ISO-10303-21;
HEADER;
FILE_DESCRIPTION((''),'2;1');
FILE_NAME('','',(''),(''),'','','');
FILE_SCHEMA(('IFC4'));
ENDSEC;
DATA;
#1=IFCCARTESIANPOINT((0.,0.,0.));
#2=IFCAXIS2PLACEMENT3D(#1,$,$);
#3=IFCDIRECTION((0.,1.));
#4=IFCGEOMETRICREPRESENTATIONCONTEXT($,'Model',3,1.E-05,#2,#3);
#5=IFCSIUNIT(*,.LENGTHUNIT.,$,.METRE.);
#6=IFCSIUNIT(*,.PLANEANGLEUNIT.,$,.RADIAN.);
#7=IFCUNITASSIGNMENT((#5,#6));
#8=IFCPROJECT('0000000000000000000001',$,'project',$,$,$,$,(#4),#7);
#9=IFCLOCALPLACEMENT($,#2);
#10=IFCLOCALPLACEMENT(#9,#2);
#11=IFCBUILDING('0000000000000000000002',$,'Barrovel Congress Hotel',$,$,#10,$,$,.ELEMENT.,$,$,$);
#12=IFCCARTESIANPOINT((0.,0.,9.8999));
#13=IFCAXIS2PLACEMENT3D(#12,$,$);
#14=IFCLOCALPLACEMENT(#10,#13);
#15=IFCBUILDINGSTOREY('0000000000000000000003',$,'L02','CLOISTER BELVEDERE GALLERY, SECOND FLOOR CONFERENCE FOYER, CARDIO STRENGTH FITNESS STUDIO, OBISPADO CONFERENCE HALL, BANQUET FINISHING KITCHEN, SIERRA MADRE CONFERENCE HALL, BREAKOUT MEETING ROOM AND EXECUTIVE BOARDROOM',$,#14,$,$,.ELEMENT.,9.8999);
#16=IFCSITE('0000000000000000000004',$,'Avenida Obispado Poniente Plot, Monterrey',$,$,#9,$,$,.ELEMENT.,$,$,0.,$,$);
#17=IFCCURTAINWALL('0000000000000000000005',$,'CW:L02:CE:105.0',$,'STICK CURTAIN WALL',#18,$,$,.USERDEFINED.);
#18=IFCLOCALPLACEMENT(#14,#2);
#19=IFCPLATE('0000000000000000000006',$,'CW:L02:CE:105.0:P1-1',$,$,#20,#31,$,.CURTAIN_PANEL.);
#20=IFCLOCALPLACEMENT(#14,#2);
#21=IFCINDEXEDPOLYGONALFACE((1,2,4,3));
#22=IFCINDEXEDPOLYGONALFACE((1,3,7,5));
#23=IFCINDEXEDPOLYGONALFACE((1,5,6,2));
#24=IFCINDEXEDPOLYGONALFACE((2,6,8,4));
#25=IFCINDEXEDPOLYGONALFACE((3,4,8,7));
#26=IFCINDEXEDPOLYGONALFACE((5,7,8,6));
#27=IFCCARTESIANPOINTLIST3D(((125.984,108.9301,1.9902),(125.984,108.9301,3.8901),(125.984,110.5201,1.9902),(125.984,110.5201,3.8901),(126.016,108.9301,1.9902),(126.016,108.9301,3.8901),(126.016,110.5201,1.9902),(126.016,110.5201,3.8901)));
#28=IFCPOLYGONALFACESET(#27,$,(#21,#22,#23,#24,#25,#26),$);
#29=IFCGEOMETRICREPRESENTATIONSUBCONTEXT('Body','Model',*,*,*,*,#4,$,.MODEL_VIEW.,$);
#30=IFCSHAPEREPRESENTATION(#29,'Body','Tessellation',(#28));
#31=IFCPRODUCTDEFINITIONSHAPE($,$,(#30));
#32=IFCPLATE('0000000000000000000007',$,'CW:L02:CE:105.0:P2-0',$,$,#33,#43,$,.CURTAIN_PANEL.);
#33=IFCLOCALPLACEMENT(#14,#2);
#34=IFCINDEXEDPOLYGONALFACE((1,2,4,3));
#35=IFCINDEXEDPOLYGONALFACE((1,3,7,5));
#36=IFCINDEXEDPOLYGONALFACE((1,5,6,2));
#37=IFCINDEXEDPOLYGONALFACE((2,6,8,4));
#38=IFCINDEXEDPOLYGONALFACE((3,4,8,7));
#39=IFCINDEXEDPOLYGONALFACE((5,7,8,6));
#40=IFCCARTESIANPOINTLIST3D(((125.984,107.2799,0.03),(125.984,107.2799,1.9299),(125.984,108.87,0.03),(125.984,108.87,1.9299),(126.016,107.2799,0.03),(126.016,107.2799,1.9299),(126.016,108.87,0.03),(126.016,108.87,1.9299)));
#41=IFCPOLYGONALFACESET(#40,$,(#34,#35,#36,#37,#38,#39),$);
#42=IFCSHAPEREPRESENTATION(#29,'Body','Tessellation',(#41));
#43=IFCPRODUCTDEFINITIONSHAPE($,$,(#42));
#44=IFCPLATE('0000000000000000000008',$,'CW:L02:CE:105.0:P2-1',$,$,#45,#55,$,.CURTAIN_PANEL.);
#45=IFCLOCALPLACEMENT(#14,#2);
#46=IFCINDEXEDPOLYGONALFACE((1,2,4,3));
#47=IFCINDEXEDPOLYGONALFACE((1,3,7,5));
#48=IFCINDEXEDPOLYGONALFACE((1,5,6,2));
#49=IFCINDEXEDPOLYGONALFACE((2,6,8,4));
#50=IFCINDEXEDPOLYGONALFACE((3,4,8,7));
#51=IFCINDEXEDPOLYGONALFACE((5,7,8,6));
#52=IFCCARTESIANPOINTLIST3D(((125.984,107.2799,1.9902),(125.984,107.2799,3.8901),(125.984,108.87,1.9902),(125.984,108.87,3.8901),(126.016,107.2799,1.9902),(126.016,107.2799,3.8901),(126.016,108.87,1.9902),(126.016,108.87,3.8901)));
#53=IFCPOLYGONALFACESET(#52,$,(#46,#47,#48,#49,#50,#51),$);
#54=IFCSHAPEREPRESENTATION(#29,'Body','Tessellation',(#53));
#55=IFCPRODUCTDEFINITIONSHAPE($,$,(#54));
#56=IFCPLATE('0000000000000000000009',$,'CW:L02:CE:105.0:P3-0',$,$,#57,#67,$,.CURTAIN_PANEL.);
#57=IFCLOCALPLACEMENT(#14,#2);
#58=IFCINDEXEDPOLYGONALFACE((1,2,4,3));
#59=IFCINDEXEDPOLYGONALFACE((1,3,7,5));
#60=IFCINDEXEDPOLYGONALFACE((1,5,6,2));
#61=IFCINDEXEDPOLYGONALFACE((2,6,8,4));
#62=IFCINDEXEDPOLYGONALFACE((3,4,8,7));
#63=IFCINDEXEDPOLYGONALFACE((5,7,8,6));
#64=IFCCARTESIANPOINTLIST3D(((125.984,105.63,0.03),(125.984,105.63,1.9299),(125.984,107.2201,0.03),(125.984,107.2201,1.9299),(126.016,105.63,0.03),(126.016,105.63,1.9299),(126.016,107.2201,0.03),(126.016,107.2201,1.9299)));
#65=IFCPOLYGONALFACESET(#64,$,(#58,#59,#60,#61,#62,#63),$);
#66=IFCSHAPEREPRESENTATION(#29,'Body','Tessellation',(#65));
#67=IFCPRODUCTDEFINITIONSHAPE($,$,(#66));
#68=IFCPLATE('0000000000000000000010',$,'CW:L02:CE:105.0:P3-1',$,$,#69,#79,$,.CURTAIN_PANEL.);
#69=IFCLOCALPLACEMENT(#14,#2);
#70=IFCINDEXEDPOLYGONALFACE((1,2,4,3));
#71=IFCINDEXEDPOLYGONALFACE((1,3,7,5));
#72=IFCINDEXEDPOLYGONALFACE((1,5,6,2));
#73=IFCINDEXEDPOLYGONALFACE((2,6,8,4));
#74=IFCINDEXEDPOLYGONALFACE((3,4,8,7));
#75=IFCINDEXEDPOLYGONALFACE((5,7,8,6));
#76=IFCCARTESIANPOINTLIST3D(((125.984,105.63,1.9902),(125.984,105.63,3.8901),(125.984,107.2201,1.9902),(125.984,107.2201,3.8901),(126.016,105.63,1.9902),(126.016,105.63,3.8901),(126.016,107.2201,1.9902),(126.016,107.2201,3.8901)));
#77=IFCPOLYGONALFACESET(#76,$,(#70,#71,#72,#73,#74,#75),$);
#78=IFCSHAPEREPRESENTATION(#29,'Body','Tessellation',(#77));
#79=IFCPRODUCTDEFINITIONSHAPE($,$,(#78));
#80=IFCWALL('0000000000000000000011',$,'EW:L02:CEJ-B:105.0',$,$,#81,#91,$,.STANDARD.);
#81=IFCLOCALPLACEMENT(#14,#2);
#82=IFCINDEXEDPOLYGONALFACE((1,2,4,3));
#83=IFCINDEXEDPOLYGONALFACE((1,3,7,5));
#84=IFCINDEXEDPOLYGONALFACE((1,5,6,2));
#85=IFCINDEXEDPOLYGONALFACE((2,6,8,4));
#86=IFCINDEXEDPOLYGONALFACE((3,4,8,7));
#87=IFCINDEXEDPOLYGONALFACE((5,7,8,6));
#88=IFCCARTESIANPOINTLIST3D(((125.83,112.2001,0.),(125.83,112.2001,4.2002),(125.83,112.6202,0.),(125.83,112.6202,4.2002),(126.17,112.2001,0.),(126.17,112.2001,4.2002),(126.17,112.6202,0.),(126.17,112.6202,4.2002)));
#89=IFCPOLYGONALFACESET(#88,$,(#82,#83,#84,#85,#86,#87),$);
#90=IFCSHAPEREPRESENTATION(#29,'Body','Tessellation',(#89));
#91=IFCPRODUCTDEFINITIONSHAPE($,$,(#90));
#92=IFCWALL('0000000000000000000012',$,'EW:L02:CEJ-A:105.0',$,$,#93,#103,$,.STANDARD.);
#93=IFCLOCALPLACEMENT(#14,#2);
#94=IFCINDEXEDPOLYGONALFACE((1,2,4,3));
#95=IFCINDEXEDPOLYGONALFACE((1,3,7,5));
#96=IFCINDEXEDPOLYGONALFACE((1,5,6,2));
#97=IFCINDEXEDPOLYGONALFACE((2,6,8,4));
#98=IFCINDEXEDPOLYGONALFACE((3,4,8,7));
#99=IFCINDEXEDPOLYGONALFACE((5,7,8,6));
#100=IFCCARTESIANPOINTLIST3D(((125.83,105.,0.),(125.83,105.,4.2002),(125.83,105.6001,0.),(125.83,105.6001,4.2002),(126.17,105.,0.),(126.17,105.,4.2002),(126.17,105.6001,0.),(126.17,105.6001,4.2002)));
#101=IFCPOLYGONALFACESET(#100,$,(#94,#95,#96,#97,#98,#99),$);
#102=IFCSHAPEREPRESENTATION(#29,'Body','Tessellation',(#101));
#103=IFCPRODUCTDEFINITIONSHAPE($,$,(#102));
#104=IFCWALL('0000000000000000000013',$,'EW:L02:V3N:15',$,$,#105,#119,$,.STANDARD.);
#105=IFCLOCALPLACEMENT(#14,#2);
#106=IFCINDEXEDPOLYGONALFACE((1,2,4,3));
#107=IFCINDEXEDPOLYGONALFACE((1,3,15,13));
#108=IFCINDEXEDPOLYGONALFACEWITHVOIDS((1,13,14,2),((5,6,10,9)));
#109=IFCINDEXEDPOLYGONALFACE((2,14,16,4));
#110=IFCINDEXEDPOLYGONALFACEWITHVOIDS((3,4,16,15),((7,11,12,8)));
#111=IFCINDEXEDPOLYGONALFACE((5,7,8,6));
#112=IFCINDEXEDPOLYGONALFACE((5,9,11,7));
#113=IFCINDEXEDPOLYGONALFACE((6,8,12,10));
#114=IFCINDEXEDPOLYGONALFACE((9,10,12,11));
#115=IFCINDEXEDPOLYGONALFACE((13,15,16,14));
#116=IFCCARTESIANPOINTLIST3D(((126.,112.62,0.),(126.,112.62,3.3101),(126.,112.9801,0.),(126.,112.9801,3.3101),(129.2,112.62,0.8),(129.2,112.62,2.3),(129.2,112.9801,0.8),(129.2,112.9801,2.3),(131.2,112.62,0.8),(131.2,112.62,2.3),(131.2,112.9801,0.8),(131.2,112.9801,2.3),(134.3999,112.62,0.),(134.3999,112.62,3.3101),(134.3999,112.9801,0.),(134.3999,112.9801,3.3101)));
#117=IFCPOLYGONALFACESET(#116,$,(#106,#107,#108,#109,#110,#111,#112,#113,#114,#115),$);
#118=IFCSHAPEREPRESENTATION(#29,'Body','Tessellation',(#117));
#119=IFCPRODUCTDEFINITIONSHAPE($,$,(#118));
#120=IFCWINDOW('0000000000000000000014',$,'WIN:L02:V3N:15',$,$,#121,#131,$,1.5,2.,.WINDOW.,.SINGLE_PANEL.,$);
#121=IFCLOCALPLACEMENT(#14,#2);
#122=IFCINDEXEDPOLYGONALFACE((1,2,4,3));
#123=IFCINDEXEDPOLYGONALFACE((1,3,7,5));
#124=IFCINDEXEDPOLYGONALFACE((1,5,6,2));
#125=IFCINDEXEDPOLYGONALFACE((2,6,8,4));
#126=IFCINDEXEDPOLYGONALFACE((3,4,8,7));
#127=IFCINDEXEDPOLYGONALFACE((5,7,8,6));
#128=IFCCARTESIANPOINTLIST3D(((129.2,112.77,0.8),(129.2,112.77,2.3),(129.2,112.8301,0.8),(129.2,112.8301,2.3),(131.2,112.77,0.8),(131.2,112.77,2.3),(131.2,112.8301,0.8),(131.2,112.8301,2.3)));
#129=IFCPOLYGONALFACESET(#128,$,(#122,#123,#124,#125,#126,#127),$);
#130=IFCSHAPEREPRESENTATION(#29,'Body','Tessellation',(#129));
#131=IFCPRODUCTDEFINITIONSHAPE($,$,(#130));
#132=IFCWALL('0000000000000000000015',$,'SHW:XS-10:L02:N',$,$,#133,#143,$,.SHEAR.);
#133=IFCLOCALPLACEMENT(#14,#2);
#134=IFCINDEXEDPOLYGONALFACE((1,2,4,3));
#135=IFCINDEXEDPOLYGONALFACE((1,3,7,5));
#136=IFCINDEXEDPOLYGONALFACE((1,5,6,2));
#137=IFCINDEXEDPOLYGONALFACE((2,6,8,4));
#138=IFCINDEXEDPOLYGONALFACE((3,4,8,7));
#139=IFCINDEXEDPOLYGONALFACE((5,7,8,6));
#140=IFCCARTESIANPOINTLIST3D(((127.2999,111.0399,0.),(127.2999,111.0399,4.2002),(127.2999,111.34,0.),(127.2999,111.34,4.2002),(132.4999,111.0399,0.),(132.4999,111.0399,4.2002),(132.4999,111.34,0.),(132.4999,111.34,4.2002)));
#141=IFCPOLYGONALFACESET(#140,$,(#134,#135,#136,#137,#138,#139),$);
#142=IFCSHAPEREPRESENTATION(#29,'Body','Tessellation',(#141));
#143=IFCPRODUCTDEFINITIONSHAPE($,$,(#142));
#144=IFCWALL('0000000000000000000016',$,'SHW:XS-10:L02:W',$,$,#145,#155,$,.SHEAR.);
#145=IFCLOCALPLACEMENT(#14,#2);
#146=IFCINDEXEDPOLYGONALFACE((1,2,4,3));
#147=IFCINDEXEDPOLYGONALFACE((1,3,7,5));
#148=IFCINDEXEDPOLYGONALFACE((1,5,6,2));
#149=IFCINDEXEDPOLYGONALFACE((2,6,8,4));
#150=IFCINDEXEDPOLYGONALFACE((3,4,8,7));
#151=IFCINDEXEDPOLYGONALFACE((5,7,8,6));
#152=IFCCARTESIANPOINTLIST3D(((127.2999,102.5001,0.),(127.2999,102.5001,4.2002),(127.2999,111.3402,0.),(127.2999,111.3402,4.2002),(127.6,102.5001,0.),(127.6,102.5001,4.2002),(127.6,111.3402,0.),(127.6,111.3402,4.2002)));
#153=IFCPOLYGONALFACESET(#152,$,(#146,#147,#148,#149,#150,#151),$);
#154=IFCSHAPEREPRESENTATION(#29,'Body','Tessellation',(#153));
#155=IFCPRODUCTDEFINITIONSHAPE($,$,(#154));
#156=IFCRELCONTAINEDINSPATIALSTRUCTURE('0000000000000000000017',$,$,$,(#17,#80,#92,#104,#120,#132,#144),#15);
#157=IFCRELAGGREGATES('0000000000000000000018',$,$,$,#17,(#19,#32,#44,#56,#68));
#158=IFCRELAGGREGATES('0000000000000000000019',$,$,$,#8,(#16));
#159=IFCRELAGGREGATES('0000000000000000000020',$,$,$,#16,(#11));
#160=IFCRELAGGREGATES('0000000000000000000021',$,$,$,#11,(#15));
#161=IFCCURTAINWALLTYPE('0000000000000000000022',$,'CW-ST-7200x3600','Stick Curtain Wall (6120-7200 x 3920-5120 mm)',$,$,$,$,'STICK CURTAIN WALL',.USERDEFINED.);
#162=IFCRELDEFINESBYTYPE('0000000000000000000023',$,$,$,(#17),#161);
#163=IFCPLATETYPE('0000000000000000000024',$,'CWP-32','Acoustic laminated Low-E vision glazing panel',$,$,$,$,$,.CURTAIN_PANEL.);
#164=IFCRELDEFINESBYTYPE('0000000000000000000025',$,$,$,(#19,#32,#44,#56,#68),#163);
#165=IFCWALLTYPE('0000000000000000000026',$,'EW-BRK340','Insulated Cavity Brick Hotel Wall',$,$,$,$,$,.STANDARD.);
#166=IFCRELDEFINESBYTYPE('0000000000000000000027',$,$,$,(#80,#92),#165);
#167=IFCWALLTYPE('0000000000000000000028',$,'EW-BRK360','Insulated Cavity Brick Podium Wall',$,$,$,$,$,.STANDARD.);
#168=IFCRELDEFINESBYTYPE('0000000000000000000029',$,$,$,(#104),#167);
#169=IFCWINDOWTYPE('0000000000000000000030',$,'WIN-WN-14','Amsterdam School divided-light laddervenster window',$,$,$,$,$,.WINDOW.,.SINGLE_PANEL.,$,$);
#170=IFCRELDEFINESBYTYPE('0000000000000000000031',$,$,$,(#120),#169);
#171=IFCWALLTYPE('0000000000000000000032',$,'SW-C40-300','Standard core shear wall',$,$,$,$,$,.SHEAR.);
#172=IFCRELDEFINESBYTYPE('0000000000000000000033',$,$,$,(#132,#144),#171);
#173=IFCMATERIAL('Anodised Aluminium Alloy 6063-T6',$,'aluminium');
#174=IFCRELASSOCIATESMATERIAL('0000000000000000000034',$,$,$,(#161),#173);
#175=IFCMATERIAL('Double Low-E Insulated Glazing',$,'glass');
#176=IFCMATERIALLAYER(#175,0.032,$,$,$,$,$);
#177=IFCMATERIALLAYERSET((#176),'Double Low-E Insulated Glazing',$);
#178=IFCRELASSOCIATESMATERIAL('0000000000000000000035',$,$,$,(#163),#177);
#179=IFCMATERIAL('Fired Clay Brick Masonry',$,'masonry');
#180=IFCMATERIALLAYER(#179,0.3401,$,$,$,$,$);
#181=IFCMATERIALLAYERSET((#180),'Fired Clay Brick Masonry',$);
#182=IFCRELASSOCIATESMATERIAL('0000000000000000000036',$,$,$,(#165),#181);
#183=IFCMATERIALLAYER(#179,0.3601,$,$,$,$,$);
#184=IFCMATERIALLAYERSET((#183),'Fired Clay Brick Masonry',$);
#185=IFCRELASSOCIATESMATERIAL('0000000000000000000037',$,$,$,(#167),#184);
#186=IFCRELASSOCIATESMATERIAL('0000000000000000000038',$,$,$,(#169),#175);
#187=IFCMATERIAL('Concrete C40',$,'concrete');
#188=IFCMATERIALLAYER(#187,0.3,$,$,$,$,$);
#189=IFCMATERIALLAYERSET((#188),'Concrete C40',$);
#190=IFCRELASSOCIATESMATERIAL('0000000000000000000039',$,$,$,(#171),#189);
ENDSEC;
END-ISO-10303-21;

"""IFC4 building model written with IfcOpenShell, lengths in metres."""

from ifc_helpers import new_model, si_unit, direction, frame, frame_2d, origin, origin_2d, place, context, subcontext, project, spatial, rectangle, extrude, material, layer, layer_set, type_object, element, fill, aggregate, save


model = new_model("IFC4")

# Units and contexts
model_context = context("Model", 3, precision=1e-05, world=origin(), true_north=direction((0.0, 1.0)))
body_context = subcontext(model_context, "Body", "Model", "MODEL_VIEW")
ifc_project = project(units=[si_unit("LENGTHUNIT", "METRE"), si_unit("PLANEANGLEUNIT", "RADIAN")], contexts=[model_context])

# Site, building, storey
site_placement = place(None, origin())
site = spatial("IfcSite", under=ifc_project, at=site_placement, Name="Avenida Obispado Poniente Plot, Monterrey", CompositionType="ELEMENT", RefElevation=0.0)
building_placement = place(site_placement, origin())
building = spatial("IfcBuilding", under=site, at=building_placement, Name="Barrovel Congress Hotel", CompositionType="ELEMENT")
storey_placement = place(building_placement, frame((0.0, 0.0, 9.8999)))
storey = spatial("IfcBuildingStorey", under=building, at=storey_placement, Name="L02", Description="CLOISTER BELVEDERE GALLERY, SECOND FLOOR CONFERENCE FOYER, CARDIO STRENGTH FITNESS STUDIO, OBISPADO CONFERENCE HALL, BANQUET FINISHING KITCHEN, SIERRA MADRE CONFERENCE HALL, BREAKOUT MEETING ROOM AND EXECUTIVE BOARDROOM", CompositionType="ELEMENT", Elevation=9.8999)

# Shared definitions
ifc_material_1 = material(Name="Concrete C40", Category="concrete")

# Curtain wall, plates
ifc_material_2 = material(Name="Anodised Aluminium Alloy 6063-T6", Category="aluminium")
curtain_wall_type = type_object("IfcCurtainWallType", Name="CW-ST-7200x3600", Description="Stick Curtain Wall (6120-7200 x 3920-5120 mm)", ElementType="STICK CURTAIN WALL", PredefinedType="USERDEFINED", material=ifc_material_2)
curtain_wall_placement = place(storey_placement, origin())
curtain_wall = element("IfcCurtainWall", 1, at=curtain_wall_placement, inside=storey, type_object=curtain_wall_type, Name="CW:L02:CE:105.0", ObjectType="STICK CURTAIN WALL", PredefinedType="USERDEFINED")
ifc_material_3 = material(Name="Double Low-E Insulated Glazing", Category="glass")
ifc_layer_1 = layer(ifc_material_3, 0.032)
ifc_layer_set_1 = layer_set([ifc_layer_1], Name="Double Low-E Insulated Glazing")
plate_type = type_object("IfcPlateType", Name="CWP-32", Description="Acoustic laminated Low-E vision glazing panel", PredefinedType="CURTAIN_PANEL", material=ifc_layer_set_1)
plate_1_placement = place(storey_placement, frame((126.0, 109.7251, 1.9902), z_axis=(0.0, 0.0, 1.0), x_axis=(0.0, -1.0, 0.0)))
plate_1 = element("IfcPlate", 2, at=plate_1_placement, type_object=plate_type, Name="CW:L02:CE:105.0:P1-1", PredefinedType="CURTAIN_PANEL", context=body_context, shape_type="SweptSolid", body=[
    extrude(rectangle(XDim=1.5901, YDim=0.032, at=origin_2d()), origin(), (0.0, 0.0, 1.0), 1.8999),
])
plate_2_placement = place(storey_placement, frame((126.0, 108.075, 0.03), z_axis=(0.0, 0.0, 1.0), x_axis=(0.0, -1.0, 0.0)))
plate_2 = element("IfcPlate", 3, at=plate_2_placement, type_object=plate_type, Name="CW:L02:CE:105.0:P2-0", PredefinedType="CURTAIN_PANEL", context=body_context, shape_type="SweptSolid", body=[
    extrude(rectangle(XDim=1.5901, YDim=0.032, at=origin_2d()), origin(), (0.0, 0.0, 1.0), 1.8999),
])
plate_3_placement = place(storey_placement, frame((126.0, 108.075, 1.9902), z_axis=(0.0, 0.0, 1.0), x_axis=(0.0, -1.0, 0.0)))
plate_3 = element("IfcPlate", 4, at=plate_3_placement, type_object=plate_type, Name="CW:L02:CE:105.0:P2-1", PredefinedType="CURTAIN_PANEL", context=body_context, shape_type="SweptSolid", body=[
    extrude(rectangle(XDim=1.5901, YDim=0.032, at=origin_2d()), origin(), (0.0, 0.0, 1.0), 1.8999),
])
plate_4_placement = place(storey_placement, frame((126.0, 106.425, 0.03), z_axis=(0.0, 0.0, 1.0), x_axis=(0.0, -1.0, 0.0)))
plate_4 = element("IfcPlate", 5, at=plate_4_placement, type_object=plate_type, Name="CW:L02:CE:105.0:P3-0", PredefinedType="CURTAIN_PANEL", context=body_context, shape_type="SweptSolid", body=[
    extrude(rectangle(XDim=1.5901, YDim=0.032, at=origin_2d()), origin(), (0.0, 0.0, 1.0), 1.8999),
])
plate_5_placement = place(storey_placement, frame((126.0, 106.425, 1.9902), z_axis=(0.0, 0.0, 1.0), x_axis=(0.0, -1.0, 0.0)))
plate_5 = element("IfcPlate", 6, at=plate_5_placement, type_object=plate_type, Name="CW:L02:CE:105.0:P3-1", PredefinedType="CURTAIN_PANEL", context=body_context, shape_type="SweptSolid", body=[
    extrude(rectangle(XDim=1.5901, YDim=0.032, at=origin_2d()), origin(), (0.0, 0.0, 1.0), 1.8999),
])
aggregate(curtain_wall, [plate_1, plate_2, plate_3, plate_4, plate_5])

# Walls
ifc_material_4 = material(Name="Fired Clay Brick Masonry", Category="masonry")
ifc_layer_2 = layer(ifc_material_4, 0.3401)
ifc_layer_set_2 = layer_set([ifc_layer_2], Name="Fired Clay Brick Masonry")
wall_type_1 = type_object("IfcWallType", Name="EW-BRK340", Description="Insulated Cavity Brick Hotel Wall", PredefinedType="STANDARD", material=ifc_layer_set_2)
wall_1_placement = place(storey_placement, frame((126.0, 112.6201, 0.0), z_axis=(0.0, 0.0, 1.0), x_axis=(0.0, -1.0, 0.0)))
element("IfcWall", 7, at=wall_1_placement, inside=storey, type_object=wall_type_1, Name="EW:L02:CEJ-B:105.0", PredefinedType="STANDARD", context=body_context, shape_type="SweptSolid", body=[
    extrude(rectangle(XDim=0.4202, YDim=0.3401, at=frame_2d((0.21, 0.0))), origin(), (0.0, 0.0, 1.0), 4.2002),
])
wall_2_placement = place(storey_placement, frame((126.0, 105.6001, 0.0), z_axis=(0.0, 0.0, 1.0), x_axis=(0.0, -1.0, 0.0)))
element("IfcWall", 8, at=wall_2_placement, inside=storey, type_object=wall_type_1, Name="EW:L02:CEJ-A:105.0", PredefinedType="STANDARD", context=body_context, shape_type="SweptSolid", body=[
    extrude(rectangle(XDim=0.6001, YDim=0.3401, at=frame_2d((0.3, 0.0))), origin(), (0.0, 0.0, 1.0), 4.2002),
])

# Wall, opening, window
ifc_layer_3 = layer(ifc_material_4, 0.3601)
ifc_layer_set_3 = layer_set([ifc_layer_3], Name="Fired Clay Brick Masonry")
wall_type_2 = type_object("IfcWallType", Name="EW-BRK360", Description="Insulated Cavity Brick Podium Wall", PredefinedType="STANDARD", material=ifc_layer_set_3)
wall_3_placement = place(storey_placement, frame((134.3999, 112.8, 0.0), z_axis=(0.0, 0.0, 1.0), x_axis=(-1.0, 0.0, 0.0)))
wall_3 = element("IfcWall", 9, at=wall_3_placement, inside=storey, type_object=wall_type_2, Name="EW:L02:V3N:15", PredefinedType="STANDARD", context=body_context, shape_type="SweptSolid", body=[
    extrude(rectangle(XDim=8.3999, YDim=0.3601, at=frame_2d((4.2, 0.0))), origin(), (0.0, 0.0, 1.0), 3.3101),
])
opening_placement = place(wall_3_placement, frame((3.2, 0.0, 0.8)))
opening = element("IfcOpeningElement", 10, at=opening_placement, cuts=wall_3, PredefinedType="OPENING", context=body_context, shape_type="SweptSolid", body=[
    extrude(rectangle(XDim=2.0, YDim=1.5, at=frame_2d((1.0, 0.75))), frame((0.0, 0.1899, 0.0), z_axis=(0.0, -1.0, 0.0), x_axis=(1.0, 0.0, 0.0)), (0.0, 0.0, 1.0), 0.3801),
])
window_type = type_object("IfcWindowType", Name="WIN-WN-14", Description="Amsterdam School divided-light laddervenster window", PartitioningType="SINGLE_PANEL", PredefinedType="WINDOW", material=ifc_material_3)
window_placement = place(opening_placement, origin())
window = element("IfcWindow", 11, at=window_placement, inside=storey, type_object=window_type, Name="WIN:L02:V3N:15", OverallHeight=1.5, OverallWidth=2.0, PartitioningType="SINGLE_PANEL", PredefinedType="WINDOW", context=body_context, shape_type="SweptSolid", body=[
    extrude(rectangle(XDim=2.0, YDim=1.5, at=frame_2d((1.0, 0.75))), frame((0.0, 0.03, 0.0), z_axis=(0.0, -1.0, 0.0), x_axis=(1.0, 0.0, 0.0)), (0.0, 0.0, 1.0), 0.0601),
])
fill(opening, window)

# Walls
ifc_layer_4 = layer(ifc_material_1, 0.3)
ifc_layer_set_4 = layer_set([ifc_layer_4], Name="Concrete C40")
wall_type_3 = type_object("IfcWallType", Name="SW-C40-300", Description="Standard core shear wall", PredefinedType="SHEAR", material=ifc_layer_set_4)
wall_4_placement = place(storey_placement, frame((132.5, 111.1899, 0.0), z_axis=(0.0, 0.0, 1.0), x_axis=(-1.0, 0.0, 0.0)))
element("IfcWall", 12, at=wall_4_placement, inside=storey, type_object=wall_type_3, Name="SHW:XS-10:L02:N", PredefinedType="SHEAR", context=body_context, shape_type="SweptSolid", body=[
    extrude(rectangle(XDim=5.2, YDim=0.3, at=frame_2d((2.6001, 0.0))), origin(), (0.0, 0.0, 1.0), 4.2002),
])
wall_5_placement = place(storey_placement, frame((127.45, 111.3401, 0.0), z_axis=(0.0, 0.0, 1.0), x_axis=(0.0, -1.0, 0.0)))
element("IfcWall", 13, at=wall_5_placement, inside=storey, type_object=wall_type_3, Name="SHW:XS-10:L02:W", PredefinedType="SHEAR", context=body_context, shape_type="SweptSolid", body=[
    extrude(rectangle(XDim=8.8401, YDim=0.3, at=frame_2d((4.4199, 0.0))), origin(), (0.0, 0.0, 1.0), 4.2002),
])

save(model, "model.ifc")
